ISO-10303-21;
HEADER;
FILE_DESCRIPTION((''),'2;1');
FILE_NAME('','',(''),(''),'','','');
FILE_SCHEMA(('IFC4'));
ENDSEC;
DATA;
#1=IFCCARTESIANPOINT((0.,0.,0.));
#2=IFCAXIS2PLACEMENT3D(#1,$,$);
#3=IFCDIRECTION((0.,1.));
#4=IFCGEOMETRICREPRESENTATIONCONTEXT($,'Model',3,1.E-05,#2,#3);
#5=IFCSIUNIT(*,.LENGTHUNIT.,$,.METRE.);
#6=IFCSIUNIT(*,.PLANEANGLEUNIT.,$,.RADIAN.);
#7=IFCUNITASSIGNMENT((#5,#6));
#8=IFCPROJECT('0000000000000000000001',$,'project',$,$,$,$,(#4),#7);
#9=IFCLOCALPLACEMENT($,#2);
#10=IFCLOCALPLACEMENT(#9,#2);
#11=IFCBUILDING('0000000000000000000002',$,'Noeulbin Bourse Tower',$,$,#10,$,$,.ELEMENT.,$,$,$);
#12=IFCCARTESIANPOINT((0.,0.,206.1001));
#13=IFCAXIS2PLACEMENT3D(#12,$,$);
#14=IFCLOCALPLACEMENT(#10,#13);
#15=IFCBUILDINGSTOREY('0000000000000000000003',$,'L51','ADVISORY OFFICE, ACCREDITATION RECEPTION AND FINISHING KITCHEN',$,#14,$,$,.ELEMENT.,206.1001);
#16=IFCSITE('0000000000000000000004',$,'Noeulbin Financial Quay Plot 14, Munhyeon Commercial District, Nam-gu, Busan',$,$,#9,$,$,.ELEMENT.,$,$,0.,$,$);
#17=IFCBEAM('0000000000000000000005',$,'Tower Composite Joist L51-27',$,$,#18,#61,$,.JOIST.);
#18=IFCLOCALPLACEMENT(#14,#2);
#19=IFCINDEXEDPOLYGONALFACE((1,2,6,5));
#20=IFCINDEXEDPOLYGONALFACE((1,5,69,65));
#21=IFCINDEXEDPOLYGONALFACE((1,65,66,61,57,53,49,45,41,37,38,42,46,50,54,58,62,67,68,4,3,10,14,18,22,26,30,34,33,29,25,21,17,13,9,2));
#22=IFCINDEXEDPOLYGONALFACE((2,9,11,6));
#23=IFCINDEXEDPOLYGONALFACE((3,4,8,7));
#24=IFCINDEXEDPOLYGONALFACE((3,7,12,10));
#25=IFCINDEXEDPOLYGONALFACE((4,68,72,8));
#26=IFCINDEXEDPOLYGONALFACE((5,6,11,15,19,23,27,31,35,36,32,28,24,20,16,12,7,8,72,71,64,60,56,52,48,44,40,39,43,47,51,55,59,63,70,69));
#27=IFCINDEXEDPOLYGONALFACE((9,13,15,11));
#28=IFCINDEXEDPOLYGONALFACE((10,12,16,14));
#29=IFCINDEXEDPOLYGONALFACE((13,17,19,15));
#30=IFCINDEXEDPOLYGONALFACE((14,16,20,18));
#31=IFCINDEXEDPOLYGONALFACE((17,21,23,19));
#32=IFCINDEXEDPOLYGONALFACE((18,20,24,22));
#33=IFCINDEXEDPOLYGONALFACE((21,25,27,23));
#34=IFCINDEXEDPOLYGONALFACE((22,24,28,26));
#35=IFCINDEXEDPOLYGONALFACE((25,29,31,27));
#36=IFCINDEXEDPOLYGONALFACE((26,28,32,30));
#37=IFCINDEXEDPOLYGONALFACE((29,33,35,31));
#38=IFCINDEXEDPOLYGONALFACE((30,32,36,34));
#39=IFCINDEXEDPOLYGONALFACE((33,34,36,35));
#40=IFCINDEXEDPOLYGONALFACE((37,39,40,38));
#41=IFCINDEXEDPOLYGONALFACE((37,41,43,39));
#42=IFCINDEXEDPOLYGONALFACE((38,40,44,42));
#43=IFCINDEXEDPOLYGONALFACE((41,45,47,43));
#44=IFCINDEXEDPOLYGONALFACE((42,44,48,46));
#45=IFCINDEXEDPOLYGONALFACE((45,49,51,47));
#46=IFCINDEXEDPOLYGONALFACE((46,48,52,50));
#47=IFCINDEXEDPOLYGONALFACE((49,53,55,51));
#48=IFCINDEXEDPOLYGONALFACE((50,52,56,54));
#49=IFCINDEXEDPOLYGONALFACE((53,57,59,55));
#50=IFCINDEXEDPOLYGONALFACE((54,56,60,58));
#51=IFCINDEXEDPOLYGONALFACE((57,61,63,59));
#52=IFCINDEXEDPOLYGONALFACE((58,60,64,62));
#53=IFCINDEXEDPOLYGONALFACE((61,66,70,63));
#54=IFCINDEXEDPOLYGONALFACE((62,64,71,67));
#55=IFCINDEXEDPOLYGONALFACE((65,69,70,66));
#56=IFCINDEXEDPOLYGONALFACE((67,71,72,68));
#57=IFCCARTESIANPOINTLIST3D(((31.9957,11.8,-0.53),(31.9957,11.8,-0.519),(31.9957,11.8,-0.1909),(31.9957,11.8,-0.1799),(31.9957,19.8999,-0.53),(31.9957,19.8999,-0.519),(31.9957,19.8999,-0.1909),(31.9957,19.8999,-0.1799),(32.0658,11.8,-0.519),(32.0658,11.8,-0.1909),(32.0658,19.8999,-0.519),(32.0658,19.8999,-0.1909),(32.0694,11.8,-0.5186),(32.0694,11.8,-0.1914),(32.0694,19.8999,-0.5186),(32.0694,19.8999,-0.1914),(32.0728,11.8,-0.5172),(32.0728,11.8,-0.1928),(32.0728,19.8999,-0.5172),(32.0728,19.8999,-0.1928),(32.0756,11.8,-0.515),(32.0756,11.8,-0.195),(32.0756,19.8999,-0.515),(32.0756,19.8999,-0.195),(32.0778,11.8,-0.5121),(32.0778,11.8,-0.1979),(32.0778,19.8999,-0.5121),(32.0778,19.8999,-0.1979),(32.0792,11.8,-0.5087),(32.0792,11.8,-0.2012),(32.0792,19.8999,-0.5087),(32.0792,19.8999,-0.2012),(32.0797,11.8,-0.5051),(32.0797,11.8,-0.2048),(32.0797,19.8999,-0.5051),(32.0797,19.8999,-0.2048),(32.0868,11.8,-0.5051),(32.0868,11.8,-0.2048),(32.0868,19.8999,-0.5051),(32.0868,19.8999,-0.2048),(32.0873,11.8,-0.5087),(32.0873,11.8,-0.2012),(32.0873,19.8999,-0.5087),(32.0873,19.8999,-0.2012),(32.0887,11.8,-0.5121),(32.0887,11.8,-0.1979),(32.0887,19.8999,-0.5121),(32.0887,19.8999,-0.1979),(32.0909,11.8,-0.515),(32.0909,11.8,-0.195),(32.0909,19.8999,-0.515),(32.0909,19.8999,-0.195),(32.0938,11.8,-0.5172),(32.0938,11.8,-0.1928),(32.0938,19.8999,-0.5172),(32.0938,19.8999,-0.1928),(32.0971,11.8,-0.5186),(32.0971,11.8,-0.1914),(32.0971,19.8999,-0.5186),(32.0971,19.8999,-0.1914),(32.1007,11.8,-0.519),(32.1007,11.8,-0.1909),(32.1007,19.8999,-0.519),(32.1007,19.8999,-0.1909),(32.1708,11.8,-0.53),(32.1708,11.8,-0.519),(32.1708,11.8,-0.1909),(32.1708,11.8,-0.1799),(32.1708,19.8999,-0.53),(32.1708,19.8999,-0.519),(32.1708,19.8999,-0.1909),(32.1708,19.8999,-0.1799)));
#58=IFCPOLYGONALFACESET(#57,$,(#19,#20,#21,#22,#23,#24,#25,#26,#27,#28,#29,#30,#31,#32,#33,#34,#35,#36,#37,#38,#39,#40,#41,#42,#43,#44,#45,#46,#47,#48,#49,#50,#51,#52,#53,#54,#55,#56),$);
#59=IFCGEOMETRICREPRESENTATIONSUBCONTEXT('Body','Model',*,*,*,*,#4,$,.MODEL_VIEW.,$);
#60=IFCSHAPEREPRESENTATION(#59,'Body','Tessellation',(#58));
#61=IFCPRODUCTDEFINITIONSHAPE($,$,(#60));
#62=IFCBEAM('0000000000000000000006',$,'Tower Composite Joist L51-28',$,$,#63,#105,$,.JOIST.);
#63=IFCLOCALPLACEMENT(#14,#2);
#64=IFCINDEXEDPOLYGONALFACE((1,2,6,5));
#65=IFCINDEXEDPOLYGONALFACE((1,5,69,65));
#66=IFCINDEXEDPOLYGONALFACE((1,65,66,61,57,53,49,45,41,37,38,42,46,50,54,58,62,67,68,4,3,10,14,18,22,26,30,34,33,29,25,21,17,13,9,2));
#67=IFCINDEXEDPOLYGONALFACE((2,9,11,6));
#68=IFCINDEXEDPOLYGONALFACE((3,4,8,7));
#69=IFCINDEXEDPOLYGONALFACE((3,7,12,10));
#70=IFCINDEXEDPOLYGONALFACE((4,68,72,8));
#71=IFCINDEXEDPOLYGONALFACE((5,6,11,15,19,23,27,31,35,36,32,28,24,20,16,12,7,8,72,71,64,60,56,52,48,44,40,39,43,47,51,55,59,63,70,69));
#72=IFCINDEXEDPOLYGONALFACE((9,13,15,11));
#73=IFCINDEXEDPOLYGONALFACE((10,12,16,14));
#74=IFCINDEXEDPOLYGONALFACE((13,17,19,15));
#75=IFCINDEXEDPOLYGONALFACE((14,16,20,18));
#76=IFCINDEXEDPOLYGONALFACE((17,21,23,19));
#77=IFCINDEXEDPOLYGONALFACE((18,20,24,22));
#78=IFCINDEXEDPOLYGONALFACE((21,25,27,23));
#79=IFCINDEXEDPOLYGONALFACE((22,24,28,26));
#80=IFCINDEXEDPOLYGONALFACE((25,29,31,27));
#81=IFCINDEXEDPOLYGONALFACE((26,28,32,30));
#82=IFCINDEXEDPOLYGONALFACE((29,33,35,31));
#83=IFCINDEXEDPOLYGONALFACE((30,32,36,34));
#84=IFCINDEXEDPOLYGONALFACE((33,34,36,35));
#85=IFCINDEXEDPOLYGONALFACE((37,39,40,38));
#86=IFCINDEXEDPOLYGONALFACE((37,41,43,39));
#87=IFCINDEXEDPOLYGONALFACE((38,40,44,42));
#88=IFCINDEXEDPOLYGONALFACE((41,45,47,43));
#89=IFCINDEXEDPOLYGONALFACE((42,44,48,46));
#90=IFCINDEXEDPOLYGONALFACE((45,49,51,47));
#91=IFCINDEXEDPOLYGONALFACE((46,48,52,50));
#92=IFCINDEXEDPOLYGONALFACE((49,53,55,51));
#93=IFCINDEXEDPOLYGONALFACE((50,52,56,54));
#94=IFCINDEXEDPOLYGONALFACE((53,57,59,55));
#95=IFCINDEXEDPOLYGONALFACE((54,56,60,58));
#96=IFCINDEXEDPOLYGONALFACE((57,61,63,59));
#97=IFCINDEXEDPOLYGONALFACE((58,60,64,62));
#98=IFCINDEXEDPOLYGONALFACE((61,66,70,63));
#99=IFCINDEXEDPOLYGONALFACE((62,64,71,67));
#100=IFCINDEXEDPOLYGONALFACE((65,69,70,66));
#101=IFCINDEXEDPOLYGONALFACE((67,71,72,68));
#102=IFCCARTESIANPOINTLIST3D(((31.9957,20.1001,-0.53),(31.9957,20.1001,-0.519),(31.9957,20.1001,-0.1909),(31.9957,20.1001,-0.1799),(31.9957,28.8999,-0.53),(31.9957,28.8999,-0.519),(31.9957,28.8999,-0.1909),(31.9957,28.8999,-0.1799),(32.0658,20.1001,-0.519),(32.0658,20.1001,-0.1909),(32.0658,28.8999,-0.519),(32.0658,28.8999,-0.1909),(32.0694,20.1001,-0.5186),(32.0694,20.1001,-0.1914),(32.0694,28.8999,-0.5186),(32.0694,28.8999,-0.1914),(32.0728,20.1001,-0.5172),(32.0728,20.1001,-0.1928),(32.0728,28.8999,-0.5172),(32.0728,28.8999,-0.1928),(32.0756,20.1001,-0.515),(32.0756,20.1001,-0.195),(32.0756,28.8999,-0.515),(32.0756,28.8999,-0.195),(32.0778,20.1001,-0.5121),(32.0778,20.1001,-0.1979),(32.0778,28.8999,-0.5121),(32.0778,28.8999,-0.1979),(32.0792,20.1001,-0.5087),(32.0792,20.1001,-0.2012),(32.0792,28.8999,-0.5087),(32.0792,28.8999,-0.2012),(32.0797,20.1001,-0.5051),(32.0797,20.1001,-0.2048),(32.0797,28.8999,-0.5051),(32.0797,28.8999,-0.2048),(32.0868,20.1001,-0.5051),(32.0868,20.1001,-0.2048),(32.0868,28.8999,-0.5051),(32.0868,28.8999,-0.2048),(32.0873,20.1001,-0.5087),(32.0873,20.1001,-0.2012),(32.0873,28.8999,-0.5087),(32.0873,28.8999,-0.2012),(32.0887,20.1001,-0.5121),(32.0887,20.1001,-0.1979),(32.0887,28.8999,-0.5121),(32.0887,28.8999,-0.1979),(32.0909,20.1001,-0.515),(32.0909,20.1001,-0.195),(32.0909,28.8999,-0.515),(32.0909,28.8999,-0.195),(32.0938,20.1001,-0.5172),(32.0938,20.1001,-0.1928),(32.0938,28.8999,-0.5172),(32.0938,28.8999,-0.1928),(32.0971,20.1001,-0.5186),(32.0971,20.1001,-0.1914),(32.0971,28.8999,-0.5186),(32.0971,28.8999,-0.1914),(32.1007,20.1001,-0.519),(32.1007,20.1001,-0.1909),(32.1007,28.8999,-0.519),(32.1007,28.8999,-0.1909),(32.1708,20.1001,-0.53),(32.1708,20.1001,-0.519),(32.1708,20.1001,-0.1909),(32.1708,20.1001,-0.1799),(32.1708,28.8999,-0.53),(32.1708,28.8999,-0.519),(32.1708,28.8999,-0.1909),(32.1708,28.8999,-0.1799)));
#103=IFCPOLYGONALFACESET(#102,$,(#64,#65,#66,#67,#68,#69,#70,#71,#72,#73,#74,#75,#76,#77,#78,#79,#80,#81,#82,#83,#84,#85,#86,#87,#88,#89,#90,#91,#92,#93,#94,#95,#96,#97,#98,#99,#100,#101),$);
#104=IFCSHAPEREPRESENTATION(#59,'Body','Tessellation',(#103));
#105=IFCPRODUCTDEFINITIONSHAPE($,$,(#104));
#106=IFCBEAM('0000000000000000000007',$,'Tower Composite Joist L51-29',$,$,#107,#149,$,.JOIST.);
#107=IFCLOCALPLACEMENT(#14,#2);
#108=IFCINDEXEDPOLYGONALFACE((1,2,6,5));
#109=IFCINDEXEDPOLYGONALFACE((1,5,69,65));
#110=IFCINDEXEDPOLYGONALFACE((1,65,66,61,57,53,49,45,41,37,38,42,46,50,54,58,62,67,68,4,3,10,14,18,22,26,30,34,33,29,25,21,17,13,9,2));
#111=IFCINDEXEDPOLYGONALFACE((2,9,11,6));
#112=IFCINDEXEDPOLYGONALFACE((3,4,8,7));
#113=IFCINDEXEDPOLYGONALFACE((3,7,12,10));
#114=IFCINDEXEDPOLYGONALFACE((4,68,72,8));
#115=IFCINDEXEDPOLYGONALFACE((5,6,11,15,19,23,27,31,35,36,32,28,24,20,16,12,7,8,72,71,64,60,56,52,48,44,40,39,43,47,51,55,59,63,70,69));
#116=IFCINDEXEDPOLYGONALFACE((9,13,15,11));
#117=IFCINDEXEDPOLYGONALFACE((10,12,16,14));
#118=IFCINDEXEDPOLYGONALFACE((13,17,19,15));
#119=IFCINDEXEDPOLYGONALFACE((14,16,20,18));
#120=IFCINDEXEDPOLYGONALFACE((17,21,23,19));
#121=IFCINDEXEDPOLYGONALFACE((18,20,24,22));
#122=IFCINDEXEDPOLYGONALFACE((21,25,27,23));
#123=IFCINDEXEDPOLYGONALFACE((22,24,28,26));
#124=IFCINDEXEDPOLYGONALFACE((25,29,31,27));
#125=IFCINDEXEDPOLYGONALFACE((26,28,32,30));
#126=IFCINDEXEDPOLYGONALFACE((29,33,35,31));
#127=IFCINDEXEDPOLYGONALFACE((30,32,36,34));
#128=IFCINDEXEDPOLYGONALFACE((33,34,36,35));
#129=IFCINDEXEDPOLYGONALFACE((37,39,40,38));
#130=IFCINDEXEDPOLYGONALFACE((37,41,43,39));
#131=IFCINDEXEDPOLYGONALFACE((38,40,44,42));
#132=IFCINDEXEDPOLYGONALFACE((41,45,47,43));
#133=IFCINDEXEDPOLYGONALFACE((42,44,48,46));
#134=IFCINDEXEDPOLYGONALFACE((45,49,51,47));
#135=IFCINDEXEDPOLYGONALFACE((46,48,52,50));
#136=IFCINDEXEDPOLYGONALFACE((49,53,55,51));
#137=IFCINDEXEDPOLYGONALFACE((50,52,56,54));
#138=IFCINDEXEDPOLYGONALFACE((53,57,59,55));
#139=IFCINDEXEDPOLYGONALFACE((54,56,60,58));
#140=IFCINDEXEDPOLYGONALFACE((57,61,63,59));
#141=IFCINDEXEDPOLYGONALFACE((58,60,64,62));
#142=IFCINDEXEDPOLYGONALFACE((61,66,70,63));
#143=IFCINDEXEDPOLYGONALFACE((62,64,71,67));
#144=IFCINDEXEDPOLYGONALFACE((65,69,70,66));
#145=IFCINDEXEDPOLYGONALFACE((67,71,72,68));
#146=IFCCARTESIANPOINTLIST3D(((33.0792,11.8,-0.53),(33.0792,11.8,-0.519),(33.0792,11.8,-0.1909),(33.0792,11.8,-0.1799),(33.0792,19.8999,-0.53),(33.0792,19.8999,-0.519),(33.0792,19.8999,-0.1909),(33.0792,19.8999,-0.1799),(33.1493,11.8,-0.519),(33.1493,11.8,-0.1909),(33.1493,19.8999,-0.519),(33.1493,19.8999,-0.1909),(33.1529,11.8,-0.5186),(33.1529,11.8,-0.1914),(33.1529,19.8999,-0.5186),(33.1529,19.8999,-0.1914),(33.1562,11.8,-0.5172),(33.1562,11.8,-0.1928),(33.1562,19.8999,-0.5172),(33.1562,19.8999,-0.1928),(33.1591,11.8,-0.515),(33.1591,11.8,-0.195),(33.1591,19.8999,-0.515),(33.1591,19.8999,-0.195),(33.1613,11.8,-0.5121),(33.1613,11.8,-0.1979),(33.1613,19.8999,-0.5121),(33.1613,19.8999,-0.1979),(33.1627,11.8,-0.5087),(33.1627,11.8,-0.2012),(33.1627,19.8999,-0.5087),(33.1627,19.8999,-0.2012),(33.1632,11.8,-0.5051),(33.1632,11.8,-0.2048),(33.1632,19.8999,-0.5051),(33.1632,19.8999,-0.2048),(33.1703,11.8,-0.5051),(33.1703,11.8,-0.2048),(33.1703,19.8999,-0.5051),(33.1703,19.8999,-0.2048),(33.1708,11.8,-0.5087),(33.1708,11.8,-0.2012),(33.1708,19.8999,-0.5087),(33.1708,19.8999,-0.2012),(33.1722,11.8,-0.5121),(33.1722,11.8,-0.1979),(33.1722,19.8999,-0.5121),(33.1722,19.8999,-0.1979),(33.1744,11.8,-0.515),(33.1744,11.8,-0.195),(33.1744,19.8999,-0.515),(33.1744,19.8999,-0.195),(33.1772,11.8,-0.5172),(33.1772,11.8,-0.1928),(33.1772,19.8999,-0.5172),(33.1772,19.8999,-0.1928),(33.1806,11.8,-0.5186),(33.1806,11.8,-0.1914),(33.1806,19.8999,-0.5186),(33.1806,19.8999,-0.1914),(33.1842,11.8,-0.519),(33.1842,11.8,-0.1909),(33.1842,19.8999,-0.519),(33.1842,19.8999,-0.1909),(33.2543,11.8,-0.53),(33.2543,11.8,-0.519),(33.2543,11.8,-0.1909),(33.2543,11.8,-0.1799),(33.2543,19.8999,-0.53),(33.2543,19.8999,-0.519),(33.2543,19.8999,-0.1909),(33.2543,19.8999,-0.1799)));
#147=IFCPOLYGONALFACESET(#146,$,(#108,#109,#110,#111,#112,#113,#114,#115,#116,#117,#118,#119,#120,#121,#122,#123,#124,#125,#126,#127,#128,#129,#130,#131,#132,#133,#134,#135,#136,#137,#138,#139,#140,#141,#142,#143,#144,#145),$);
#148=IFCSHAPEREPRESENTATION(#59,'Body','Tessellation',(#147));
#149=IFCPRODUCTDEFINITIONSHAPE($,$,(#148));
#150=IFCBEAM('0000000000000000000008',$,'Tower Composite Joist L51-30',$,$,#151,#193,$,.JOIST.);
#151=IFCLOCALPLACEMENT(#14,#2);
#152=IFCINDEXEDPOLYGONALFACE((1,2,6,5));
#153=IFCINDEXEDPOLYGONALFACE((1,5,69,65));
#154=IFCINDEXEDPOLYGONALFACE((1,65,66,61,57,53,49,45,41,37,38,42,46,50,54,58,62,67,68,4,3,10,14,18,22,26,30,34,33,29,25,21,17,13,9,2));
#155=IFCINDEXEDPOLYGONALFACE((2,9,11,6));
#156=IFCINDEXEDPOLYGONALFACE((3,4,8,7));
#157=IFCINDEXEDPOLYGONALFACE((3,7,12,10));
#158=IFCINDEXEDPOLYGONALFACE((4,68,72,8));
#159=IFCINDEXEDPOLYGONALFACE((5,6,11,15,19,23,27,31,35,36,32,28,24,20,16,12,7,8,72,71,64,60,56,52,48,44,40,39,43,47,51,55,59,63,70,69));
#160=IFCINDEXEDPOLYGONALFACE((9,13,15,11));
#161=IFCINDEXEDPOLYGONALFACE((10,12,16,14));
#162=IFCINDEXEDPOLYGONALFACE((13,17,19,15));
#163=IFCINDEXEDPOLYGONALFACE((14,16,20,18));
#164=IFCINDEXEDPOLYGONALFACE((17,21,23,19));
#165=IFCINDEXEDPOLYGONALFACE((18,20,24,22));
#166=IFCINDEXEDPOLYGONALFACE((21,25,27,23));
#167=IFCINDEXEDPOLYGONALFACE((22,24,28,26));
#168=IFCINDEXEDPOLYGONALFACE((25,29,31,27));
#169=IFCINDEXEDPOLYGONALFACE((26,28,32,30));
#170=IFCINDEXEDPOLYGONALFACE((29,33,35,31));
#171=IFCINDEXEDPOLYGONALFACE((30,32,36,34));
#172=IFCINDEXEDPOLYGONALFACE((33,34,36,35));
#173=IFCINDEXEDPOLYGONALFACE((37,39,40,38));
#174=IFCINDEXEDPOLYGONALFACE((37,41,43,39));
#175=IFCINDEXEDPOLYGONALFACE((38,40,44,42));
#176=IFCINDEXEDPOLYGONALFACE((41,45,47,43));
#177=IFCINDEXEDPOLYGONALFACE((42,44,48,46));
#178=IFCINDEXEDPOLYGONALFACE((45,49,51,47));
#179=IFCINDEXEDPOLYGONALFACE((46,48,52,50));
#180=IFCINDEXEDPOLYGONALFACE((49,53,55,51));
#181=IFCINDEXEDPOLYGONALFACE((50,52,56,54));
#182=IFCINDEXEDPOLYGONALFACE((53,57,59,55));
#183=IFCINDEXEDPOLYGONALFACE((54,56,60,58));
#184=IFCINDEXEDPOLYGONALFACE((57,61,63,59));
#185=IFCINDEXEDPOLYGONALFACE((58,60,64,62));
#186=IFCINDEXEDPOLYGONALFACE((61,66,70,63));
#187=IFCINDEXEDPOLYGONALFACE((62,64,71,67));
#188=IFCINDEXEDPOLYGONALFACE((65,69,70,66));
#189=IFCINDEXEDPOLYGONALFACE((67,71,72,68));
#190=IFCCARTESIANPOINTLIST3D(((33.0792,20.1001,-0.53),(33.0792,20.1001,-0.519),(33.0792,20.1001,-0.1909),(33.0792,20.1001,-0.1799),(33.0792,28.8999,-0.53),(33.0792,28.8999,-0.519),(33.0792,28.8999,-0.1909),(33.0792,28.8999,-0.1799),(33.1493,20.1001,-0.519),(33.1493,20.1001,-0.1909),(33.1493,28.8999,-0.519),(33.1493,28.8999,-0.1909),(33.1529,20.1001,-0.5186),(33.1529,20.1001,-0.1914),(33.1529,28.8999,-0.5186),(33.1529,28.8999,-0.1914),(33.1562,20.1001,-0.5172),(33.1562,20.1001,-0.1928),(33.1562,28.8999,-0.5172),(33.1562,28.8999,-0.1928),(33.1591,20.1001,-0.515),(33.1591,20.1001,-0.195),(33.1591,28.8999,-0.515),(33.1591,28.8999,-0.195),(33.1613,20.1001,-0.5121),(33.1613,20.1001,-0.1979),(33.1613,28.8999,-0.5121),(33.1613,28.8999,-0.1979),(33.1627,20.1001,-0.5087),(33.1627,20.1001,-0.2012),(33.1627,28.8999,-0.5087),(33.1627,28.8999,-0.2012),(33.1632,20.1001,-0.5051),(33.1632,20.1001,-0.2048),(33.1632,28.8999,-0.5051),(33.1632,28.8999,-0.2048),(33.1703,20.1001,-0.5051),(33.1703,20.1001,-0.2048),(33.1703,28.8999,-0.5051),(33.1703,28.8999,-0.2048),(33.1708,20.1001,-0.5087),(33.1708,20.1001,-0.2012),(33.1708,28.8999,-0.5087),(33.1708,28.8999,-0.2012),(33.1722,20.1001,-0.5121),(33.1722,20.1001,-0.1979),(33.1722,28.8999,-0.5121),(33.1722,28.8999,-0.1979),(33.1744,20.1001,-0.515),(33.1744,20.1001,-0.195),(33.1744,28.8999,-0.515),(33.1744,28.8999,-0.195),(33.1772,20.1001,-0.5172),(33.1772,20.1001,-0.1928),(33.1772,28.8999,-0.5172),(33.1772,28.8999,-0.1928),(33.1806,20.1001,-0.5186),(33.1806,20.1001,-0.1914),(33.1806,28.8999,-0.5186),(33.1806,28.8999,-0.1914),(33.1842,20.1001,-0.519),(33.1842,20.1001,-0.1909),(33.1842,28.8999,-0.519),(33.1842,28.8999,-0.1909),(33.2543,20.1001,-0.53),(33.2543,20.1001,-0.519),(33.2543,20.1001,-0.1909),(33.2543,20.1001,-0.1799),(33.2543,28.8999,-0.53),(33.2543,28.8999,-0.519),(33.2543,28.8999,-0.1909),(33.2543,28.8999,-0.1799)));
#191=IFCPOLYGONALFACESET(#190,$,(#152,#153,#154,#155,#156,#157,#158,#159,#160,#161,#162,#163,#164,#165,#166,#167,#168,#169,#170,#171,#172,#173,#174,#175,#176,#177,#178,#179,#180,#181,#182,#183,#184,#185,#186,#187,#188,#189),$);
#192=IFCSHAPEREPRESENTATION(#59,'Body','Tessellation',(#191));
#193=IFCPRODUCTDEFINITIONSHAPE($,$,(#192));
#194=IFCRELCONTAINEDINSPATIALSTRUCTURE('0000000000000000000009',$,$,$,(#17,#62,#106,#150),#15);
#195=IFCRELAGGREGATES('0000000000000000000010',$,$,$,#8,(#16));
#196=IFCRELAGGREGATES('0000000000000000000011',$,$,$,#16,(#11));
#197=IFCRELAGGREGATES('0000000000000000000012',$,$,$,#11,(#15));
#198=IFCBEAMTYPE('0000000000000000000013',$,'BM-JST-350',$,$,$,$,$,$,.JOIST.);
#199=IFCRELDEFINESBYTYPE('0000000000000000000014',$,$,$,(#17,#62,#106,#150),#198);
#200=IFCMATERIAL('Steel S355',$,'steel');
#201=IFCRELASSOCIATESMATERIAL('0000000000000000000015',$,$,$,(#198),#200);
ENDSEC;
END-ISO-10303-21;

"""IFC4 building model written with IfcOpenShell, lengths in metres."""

from ifc_helpers import new_model, si_unit, direction, frame, origin, origin_2d, place, context, subcontext, project, spatial, i_section, extrude, material, material_profile, profile_set, type_object, element, save


model = new_model("IFC4")

# Units and contexts
model_context = context("Model", 3, precision=1e-05, world=origin(), true_north=direction((0.0, 1.0)))
body_context = subcontext(model_context, "Body", "Model", "MODEL_VIEW")
ifc_project = project(units=[si_unit("LENGTHUNIT", "METRE"), si_unit("PLANEANGLEUNIT", "RADIAN")], contexts=[model_context])

# Site, building, storey
site_placement = place(None, origin())
site = spatial("IfcSite", under=ifc_project, at=site_placement, Name="Noeulbin Financial Quay Plot 14, Munhyeon Commercial District, Nam-gu, Busan", CompositionType="ELEMENT", RefElevation=0.0)
building_placement = place(site_placement, origin())
building = spatial("IfcBuilding", under=site, at=building_placement, Name="Noeulbin Bourse Tower", CompositionType="ELEMENT")
storey_placement = place(building_placement, frame((0.0, 0.0, 206.1001)))
storey = spatial("IfcBuildingStorey", under=building, at=storey_placement, Name="L51", Description="ADVISORY OFFICE, ACCREDITATION RECEPTION AND FINISHING KITCHEN", CompositionType="ELEMENT", Elevation=206.1001)

# Shared definitions
ifc_material_1 = material(Name="Steel S355", Category="steel")

# Beams
ifc_material_profile_1 = material_profile(ifc_material_1, i_section(OverallWidth=0.175, OverallDepth=0.3501, WebThickness=0.0071, FlangeThickness=0.011, FilletRadius=0.0139, at=origin_2d()), Name="H-350x175x7x11", Category="LoadBearing")
ifc_profile_set_1 = profile_set([ifc_material_profile_1], Name="Steel S355")
beam_type_1 = type_object("IfcBeamType", Name="BM-JST-350", PredefinedType="JOIST", material=ifc_profile_set_1)
beam_1_placement = place(storey_placement, frame((32.0833, 11.8, -0.355), z_axis=(0.0, 1.0, 0.0), x_axis=(-1.0, 0.0, 0.0)))
element("IfcBeam", 1, at=beam_1_placement, inside=storey, type_object=beam_type_1, Name="Tower Composite Joist L51-27", PredefinedType="JOIST", context=body_context, shape_type="SweptSolid", body=[
    extrude(i_section(OverallWidth=0.175, OverallDepth=0.3501, WebThickness=0.0071, FlangeThickness=0.011, FilletRadius=0.0139, at=origin_2d()), origin(), (0.0, 0.0, 1.0), 8.0999),
])
beam_2_placement = place(storey_placement, frame((32.0833, 20.1001, -0.355), z_axis=(0.0, 1.0, 0.0), x_axis=(-1.0, 0.0, 0.0)))
element("IfcBeam", 2, at=beam_2_placement, inside=storey, type_object=beam_type_1, Name="Tower Composite Joist L51-28", PredefinedType="JOIST", context=body_context, shape_type="SweptSolid", body=[
    extrude(i_section(OverallWidth=0.175, OverallDepth=0.3501, WebThickness=0.0071, FlangeThickness=0.011, FilletRadius=0.0139, at=origin_2d()), origin(), (0.0, 0.0, 1.0), 8.7998),
])
beam_3_placement = place(storey_placement, frame((33.1667, 11.8, -0.355), z_axis=(0.0, 1.0, 0.0), x_axis=(-1.0, 0.0, 0.0)))
element("IfcBeam", 3, at=beam_3_placement, inside=storey, type_object=beam_type_1, Name="Tower Composite Joist L51-29", PredefinedType="JOIST", context=body_context, shape_type="SweptSolid", body=[
    extrude(i_section(OverallWidth=0.175, OverallDepth=0.3501, WebThickness=0.0071, FlangeThickness=0.011, FilletRadius=0.0139, at=origin_2d()), origin(), (0.0, 0.0, 1.0), 8.0999),
])
beam_4_placement = place(storey_placement, frame((33.1667, 20.1001, -0.355), z_axis=(0.0, 1.0, 0.0), x_axis=(-1.0, 0.0, 0.0)))
element("IfcBeam", 4, at=beam_4_placement, inside=storey, type_object=beam_type_1, Name="Tower Composite Joist L51-30", PredefinedType="JOIST", context=body_context, shape_type="SweptSolid", body=[
    extrude(i_section(OverallWidth=0.175, OverallDepth=0.3501, WebThickness=0.0071, FlangeThickness=0.011, FilletRadius=0.0139, at=origin_2d()), origin(), (0.0, 0.0, 1.0), 8.7998),
])

save(model, "model.ifc")
